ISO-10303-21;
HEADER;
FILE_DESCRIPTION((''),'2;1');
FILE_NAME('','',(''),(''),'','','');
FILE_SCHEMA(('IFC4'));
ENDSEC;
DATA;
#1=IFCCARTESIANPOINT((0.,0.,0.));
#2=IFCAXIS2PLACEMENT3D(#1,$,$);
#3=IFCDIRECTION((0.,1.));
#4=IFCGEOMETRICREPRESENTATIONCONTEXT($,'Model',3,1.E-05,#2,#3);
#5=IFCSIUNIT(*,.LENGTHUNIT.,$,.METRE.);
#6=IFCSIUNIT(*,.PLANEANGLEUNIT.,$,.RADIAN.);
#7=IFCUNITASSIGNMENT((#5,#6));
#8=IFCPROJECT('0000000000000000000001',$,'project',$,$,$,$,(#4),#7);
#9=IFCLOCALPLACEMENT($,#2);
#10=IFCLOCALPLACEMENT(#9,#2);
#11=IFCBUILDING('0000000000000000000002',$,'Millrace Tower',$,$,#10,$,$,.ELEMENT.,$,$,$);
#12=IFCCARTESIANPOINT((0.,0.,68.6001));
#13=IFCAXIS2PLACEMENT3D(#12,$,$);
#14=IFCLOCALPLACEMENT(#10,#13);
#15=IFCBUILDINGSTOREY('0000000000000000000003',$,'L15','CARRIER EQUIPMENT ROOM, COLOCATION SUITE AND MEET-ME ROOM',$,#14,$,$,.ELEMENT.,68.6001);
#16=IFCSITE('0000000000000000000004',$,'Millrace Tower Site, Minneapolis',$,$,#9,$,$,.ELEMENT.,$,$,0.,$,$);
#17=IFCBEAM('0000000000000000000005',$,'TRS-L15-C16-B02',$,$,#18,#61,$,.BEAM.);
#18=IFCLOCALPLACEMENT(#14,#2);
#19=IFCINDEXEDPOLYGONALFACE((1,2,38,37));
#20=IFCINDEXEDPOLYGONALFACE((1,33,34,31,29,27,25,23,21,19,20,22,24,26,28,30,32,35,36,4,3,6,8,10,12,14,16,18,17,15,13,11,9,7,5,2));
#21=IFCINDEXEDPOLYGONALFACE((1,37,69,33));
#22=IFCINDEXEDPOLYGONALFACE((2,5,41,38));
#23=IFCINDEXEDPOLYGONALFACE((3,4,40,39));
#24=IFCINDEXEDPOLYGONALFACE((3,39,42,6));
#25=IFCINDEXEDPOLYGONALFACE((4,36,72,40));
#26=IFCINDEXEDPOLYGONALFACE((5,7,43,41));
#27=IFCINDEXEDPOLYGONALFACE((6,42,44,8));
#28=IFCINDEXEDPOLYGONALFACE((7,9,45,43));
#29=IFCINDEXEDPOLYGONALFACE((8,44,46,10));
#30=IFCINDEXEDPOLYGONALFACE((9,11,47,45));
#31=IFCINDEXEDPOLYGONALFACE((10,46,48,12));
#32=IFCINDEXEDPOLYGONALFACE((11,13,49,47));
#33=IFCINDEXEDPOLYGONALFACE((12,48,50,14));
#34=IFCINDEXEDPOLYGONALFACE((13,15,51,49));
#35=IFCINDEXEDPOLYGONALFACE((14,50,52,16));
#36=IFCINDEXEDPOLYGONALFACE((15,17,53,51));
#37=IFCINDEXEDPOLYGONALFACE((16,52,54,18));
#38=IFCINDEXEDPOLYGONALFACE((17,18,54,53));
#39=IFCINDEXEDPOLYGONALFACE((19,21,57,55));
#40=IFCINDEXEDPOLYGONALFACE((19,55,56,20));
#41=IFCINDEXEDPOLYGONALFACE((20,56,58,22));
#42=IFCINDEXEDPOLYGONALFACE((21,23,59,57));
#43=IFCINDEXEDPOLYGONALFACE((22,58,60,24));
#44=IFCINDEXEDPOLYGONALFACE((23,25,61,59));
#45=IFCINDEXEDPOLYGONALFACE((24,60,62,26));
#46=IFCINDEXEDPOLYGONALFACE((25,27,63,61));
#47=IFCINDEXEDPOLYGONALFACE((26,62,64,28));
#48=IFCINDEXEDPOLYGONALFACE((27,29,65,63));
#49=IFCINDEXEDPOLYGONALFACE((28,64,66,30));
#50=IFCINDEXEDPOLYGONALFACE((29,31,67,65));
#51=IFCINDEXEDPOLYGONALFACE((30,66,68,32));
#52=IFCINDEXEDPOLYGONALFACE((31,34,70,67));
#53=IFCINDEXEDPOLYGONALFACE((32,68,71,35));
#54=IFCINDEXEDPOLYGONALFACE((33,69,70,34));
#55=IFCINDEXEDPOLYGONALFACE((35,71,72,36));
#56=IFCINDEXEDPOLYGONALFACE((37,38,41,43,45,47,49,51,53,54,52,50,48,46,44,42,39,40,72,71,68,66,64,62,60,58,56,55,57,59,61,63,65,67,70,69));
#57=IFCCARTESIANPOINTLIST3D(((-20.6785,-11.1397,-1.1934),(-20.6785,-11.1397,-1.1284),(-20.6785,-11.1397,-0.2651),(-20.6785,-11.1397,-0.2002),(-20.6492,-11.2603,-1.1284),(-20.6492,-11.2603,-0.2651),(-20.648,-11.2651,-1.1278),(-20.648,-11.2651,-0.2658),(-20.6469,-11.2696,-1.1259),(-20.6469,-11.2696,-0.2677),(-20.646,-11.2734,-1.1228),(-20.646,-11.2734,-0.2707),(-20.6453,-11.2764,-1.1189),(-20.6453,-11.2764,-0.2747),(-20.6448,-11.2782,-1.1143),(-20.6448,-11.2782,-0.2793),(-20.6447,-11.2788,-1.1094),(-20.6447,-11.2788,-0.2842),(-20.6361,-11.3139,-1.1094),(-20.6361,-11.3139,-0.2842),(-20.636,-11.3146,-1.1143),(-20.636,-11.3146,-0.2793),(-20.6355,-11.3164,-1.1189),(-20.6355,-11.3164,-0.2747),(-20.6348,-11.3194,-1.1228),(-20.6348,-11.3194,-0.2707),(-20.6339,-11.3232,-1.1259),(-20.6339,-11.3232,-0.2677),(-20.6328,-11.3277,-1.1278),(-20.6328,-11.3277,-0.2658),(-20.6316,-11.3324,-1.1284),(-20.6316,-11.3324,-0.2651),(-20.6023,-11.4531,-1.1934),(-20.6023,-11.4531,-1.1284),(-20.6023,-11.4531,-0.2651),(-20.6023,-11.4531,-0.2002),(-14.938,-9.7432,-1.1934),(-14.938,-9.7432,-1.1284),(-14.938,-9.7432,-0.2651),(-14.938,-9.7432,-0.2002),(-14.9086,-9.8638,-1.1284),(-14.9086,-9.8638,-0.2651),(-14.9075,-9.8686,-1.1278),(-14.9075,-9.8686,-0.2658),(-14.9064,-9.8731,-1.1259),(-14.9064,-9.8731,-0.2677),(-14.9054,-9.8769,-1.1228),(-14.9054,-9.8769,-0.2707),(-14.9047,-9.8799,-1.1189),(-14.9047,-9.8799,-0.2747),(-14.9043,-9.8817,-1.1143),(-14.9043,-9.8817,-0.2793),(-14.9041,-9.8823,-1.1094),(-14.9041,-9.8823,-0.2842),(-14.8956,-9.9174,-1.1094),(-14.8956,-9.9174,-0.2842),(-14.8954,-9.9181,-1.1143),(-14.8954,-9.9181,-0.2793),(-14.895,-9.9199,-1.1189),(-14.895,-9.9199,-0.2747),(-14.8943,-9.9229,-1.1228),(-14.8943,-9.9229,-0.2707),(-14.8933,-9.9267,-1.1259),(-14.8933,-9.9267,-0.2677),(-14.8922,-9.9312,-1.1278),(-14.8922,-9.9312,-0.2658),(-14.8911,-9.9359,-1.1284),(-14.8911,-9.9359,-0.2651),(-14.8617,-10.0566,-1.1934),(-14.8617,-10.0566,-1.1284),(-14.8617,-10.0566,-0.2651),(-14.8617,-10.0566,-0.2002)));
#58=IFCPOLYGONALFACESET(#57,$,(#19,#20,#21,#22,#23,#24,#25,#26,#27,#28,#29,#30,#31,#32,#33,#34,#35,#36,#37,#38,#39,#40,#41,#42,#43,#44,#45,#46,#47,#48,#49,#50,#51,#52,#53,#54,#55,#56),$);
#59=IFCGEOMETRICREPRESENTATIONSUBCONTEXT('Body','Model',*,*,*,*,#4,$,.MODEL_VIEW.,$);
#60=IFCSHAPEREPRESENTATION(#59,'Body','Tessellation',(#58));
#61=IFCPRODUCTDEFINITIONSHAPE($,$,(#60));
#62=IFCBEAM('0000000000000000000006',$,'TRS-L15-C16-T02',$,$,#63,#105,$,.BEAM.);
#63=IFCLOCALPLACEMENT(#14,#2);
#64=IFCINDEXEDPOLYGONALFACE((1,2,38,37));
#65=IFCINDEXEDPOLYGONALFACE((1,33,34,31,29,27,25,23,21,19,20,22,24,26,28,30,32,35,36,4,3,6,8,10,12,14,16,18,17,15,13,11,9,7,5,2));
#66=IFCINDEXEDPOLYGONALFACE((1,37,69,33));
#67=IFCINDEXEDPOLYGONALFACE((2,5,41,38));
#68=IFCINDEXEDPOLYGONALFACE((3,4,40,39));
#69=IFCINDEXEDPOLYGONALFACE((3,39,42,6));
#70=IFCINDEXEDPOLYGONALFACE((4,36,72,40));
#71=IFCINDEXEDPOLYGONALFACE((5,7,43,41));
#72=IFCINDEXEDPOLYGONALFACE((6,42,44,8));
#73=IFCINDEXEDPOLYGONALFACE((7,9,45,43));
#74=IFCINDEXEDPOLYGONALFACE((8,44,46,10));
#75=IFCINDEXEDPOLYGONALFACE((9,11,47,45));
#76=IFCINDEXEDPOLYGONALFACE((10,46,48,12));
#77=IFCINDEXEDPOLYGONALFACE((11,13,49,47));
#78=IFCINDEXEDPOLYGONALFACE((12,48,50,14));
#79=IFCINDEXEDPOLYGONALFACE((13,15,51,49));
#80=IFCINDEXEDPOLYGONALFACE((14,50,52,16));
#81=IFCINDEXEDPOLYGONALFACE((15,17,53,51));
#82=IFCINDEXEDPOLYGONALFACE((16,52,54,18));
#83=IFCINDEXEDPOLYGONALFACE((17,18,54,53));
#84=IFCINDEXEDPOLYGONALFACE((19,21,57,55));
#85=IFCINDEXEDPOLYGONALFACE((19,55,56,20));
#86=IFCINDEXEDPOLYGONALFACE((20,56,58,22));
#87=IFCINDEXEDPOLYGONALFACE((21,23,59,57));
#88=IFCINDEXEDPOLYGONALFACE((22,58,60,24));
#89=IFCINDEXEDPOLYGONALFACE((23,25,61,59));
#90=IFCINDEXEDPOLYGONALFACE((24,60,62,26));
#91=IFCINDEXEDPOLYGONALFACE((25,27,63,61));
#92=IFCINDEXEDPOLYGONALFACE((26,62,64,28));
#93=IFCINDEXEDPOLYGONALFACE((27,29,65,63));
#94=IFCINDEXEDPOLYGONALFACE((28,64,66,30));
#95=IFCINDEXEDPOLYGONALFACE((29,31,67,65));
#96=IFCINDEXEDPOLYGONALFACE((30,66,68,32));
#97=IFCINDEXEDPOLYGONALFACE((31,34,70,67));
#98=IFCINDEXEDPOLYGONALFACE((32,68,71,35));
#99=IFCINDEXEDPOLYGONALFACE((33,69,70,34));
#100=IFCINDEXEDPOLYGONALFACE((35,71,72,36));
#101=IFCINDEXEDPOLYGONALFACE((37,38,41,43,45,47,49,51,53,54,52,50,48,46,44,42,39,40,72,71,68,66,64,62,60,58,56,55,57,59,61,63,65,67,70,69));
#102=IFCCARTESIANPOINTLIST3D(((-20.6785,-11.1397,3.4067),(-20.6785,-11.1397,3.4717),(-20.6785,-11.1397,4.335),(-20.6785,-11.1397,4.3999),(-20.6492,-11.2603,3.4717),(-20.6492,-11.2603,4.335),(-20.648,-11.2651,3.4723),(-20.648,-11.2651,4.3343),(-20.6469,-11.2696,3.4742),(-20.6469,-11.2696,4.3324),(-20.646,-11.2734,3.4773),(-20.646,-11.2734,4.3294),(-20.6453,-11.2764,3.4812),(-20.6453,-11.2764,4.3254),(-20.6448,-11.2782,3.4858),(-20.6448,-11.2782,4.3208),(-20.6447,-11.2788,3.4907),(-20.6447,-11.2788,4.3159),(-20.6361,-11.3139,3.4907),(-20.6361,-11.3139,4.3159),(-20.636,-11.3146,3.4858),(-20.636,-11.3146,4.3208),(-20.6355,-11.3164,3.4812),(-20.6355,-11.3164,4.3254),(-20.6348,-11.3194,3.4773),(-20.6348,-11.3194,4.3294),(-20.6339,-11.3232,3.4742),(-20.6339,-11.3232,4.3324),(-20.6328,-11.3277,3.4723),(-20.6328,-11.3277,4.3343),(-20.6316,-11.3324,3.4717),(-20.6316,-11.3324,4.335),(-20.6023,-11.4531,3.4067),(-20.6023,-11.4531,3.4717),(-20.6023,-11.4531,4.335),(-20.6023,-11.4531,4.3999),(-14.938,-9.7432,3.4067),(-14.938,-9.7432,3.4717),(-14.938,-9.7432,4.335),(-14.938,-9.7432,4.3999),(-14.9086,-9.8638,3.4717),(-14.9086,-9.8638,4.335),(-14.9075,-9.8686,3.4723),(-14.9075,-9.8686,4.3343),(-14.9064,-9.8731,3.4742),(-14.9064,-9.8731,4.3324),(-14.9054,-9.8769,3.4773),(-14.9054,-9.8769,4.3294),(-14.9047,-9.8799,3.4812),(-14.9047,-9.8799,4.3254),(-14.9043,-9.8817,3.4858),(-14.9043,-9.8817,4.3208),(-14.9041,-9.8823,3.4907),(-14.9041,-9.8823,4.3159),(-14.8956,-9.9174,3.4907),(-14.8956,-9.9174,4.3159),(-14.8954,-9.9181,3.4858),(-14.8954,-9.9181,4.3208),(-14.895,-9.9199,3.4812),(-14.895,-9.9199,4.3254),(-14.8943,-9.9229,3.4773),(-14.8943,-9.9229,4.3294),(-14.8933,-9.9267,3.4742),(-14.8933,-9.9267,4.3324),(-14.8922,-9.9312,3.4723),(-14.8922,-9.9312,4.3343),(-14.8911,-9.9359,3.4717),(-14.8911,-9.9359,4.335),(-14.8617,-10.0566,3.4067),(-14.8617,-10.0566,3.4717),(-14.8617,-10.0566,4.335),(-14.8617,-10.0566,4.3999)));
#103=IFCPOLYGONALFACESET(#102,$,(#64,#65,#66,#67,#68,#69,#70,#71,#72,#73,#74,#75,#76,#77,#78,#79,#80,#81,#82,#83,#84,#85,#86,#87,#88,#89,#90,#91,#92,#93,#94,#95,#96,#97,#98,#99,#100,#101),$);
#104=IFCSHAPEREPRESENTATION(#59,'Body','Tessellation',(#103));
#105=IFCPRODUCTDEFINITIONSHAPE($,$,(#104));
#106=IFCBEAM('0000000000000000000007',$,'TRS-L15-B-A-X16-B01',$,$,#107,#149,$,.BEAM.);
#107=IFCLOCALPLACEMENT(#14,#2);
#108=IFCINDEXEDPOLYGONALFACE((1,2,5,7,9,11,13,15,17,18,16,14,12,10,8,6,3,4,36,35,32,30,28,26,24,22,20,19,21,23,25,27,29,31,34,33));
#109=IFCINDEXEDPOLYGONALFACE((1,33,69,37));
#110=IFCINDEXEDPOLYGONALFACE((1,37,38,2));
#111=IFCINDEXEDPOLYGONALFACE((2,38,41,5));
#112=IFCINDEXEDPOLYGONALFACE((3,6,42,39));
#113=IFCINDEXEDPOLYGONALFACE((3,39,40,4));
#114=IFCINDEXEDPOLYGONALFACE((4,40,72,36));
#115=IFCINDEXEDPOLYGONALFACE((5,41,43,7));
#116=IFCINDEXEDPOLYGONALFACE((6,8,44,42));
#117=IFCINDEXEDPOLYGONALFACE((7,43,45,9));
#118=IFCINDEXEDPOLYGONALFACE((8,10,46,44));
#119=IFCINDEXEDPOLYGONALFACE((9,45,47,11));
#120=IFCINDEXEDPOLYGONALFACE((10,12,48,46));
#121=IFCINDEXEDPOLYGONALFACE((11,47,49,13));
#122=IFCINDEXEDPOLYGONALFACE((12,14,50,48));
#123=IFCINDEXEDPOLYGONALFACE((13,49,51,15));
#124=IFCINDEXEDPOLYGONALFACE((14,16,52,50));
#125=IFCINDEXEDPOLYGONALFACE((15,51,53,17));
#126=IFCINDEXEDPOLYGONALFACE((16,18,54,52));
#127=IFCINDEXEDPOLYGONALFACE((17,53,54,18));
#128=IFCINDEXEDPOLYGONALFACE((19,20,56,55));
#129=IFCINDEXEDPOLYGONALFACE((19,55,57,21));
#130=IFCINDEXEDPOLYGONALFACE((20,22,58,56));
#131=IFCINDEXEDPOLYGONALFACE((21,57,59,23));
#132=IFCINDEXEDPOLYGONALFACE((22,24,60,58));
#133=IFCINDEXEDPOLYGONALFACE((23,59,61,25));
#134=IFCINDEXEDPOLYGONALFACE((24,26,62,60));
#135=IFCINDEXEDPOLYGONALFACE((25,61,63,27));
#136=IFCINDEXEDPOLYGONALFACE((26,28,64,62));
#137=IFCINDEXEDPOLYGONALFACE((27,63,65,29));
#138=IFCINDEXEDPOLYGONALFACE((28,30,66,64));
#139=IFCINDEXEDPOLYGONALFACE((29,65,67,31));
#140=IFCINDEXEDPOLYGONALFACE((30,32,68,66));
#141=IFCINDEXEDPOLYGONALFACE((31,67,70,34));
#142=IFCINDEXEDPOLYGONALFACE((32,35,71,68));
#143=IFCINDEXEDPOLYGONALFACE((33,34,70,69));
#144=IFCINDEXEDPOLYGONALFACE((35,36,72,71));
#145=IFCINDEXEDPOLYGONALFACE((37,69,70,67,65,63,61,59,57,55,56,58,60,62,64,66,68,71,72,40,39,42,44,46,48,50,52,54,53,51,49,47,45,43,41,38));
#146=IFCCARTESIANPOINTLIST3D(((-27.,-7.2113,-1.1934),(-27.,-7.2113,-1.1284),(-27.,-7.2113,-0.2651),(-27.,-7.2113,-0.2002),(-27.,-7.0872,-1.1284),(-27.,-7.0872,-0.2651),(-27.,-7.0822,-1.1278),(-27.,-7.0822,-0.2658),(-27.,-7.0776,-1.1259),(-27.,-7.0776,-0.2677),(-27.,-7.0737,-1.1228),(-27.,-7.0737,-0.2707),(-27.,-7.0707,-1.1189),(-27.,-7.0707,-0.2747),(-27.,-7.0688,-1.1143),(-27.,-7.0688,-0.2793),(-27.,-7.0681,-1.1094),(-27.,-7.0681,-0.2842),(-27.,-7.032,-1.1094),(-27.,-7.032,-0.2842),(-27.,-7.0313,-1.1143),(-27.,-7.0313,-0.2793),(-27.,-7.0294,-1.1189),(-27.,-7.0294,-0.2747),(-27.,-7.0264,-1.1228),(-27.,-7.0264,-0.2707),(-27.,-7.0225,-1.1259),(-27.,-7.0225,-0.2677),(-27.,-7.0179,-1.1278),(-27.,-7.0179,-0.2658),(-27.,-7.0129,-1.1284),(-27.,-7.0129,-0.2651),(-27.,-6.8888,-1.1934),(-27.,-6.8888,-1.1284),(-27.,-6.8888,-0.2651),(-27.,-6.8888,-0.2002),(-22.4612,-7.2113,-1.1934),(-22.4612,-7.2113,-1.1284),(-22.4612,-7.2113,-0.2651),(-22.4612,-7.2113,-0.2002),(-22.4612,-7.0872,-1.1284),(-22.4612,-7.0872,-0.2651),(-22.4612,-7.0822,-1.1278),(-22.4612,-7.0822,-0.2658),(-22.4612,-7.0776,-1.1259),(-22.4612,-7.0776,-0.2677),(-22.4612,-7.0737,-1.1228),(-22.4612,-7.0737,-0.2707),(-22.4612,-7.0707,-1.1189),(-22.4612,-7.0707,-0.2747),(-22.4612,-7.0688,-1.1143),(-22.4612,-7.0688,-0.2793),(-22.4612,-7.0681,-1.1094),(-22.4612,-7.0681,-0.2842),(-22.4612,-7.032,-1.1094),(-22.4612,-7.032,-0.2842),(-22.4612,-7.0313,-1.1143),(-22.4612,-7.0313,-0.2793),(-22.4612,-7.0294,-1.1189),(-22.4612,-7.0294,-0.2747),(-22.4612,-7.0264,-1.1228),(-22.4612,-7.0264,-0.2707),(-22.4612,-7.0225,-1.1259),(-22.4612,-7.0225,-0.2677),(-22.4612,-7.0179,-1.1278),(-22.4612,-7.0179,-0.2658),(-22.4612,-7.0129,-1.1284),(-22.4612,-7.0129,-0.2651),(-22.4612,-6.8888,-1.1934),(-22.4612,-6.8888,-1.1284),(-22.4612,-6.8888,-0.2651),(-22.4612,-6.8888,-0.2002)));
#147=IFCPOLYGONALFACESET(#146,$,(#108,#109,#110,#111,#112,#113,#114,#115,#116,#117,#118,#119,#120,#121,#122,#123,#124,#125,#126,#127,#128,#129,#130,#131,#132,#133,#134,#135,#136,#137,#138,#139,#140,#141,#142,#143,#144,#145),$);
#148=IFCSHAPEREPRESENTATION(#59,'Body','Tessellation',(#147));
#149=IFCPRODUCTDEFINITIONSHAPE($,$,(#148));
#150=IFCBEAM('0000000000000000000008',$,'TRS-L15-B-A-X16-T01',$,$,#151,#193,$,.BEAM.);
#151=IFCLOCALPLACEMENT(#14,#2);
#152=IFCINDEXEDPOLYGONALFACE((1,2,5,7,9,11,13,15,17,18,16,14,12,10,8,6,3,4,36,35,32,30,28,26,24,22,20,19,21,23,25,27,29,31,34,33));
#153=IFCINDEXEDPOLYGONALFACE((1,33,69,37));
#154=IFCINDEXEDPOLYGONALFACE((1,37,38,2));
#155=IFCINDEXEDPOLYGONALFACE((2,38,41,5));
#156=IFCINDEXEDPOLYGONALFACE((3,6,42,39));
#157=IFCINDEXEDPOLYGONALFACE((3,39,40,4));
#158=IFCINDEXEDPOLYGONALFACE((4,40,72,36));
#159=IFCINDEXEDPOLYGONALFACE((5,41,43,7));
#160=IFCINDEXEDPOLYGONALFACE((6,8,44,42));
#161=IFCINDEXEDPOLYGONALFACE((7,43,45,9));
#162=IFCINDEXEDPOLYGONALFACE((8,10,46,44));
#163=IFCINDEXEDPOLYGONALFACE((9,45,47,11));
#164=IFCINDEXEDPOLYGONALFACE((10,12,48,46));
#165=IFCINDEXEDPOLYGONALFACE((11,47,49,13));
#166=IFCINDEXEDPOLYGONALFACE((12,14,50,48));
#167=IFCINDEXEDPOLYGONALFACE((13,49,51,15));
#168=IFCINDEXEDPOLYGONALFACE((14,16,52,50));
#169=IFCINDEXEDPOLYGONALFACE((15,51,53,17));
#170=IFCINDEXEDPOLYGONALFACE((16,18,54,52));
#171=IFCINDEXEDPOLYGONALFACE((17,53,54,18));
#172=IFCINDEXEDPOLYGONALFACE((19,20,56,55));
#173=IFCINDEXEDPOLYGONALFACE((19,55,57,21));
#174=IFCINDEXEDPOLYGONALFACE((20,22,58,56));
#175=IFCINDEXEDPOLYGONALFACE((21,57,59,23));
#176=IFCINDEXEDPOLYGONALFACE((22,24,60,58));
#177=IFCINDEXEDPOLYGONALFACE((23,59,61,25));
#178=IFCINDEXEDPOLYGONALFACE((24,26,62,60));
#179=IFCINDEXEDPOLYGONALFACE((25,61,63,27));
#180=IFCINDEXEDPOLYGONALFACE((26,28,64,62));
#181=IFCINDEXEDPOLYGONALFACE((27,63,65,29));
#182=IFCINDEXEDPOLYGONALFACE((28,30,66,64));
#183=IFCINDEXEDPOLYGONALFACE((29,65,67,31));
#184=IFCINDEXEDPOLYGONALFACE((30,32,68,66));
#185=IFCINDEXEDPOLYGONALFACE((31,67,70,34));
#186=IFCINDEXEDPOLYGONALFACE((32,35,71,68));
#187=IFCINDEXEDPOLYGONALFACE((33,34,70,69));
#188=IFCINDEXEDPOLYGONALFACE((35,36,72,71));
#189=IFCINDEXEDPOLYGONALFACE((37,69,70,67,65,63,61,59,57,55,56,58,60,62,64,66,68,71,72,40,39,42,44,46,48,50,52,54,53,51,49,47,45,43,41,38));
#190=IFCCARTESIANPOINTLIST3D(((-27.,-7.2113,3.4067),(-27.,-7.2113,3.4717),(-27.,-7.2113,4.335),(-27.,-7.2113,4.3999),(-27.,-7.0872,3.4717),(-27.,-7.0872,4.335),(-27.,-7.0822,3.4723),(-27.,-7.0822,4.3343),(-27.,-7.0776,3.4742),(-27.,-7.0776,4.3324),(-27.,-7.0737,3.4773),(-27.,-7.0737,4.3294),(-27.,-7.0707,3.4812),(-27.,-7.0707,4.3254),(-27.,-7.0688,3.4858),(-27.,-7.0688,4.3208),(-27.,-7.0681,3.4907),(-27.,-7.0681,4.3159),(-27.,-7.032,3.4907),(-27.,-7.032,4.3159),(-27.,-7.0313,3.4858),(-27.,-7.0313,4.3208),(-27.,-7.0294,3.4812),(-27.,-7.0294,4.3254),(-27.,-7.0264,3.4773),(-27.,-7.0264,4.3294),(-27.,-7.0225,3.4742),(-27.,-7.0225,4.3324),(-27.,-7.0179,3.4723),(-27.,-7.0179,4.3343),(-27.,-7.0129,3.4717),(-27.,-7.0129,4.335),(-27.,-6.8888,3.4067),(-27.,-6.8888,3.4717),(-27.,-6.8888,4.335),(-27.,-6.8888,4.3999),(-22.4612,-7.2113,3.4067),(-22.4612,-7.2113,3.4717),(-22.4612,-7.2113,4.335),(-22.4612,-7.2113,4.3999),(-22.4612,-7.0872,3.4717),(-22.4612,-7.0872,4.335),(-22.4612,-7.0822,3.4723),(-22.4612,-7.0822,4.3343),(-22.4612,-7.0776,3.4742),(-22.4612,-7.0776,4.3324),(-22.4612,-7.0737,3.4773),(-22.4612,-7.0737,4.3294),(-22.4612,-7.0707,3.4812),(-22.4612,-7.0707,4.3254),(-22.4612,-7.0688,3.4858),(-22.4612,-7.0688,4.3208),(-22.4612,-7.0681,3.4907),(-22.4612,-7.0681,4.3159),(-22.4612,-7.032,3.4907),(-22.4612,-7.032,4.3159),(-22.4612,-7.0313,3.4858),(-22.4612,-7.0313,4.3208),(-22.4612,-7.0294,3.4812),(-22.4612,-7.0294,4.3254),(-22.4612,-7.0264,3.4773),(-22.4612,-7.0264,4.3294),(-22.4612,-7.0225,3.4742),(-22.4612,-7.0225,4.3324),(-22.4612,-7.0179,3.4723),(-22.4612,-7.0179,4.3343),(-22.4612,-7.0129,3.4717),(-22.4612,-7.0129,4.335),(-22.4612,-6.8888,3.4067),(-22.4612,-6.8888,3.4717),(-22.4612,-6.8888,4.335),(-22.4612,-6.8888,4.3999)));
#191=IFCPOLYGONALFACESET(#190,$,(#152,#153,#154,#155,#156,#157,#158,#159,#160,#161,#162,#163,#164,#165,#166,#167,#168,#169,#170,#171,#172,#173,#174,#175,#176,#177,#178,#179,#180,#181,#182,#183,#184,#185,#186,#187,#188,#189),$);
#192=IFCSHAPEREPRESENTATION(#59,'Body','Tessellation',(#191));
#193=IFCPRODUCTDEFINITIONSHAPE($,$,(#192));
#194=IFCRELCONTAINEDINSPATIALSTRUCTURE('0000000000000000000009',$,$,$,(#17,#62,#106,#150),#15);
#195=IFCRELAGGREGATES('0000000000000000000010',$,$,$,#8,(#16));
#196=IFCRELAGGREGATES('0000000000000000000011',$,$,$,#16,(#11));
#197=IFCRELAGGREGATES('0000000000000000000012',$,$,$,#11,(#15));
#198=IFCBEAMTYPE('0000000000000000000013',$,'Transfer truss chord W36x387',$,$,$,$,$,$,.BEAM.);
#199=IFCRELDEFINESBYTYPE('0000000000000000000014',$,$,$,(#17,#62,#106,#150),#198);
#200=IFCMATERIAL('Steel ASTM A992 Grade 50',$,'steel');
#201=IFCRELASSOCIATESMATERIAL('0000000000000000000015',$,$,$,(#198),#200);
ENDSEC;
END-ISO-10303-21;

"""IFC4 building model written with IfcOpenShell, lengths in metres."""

from ifc_helpers import new_model, si_unit, direction, frame, origin, origin_2d, place, context, subcontext, project, spatial, i_section, extrude, material, material_profile, profile_set, type_object, element, save


model = new_model("IFC4")

# Units and contexts
model_context = context("Model", 3, precision=1e-05, world=origin(), true_north=direction((0.0, 1.0)))
body_context = subcontext(model_context, "Body", "Model", "MODEL_VIEW")
ifc_project = project(units=[si_unit("LENGTHUNIT", "METRE"), si_unit("PLANEANGLEUNIT", "RADIAN")], contexts=[model_context])

# Site, building, storey
site_placement = place(None, origin())
site = spatial("IfcSite", under=ifc_project, at=site_placement, Name="Millrace Tower Site, Minneapolis", CompositionType="ELEMENT", RefElevation=0.0)
building_placement = place(site_placement, origin())
building = spatial("IfcBuilding", under=site, at=building_placement, Name="Millrace Tower", CompositionType="ELEMENT")
storey_placement = place(building_placement, frame((0.0, 0.0, 68.6001)))
storey = spatial("IfcBuildingStorey", under=building, at=storey_placement, Name="L15", Description="CARRIER EQUIPMENT ROOM, COLOCATION SUITE AND MEET-ME ROOM", CompositionType="ELEMENT", Elevation=68.6001)

# Beams
ifc_material_1 = material(Name="Steel ASTM A992 Grade 50", Category="steel")
ifc_material_profile_1 = material_profile(ifc_material_1, i_section(OverallWidth=0.3225, OverallDepth=0.9932, WebThickness=0.0361, FlangeThickness=0.0649, FilletRadius=0.019, at=origin_2d()))
ifc_profile_set_1 = profile_set([ifc_material_profile_1], Name="Steel ASTM A992 Grade 50")
beam_type_1 = type_object("IfcBeamType", Name="Transfer truss chord W36x387", PredefinedType="BEAM", material=ifc_profile_set_1)
for number, where, z_axis, x_axis, name in (
    (1, (-20.6404, -11.2964, -0.6968), (0.971662, 0.236376, 0.0), (-0.236376, 0.971662, 0.0), "TRS-L15-C16-B02"),
    (2, (-20.6404, -11.2964, 3.9033), (0.971662, 0.236376, 0.0), (-0.236376, 0.971662, 0.0), "TRS-L15-C16-T02"),
):
    element("IfcBeam", number, at=place(storey_placement, frame(where, z_axis=z_axis, x_axis=x_axis)), inside=storey, type_object=beam_type_1, Name=name, PredefinedType="BEAM", context=body_context, shape_type="SweptSolid", body=[
        extrude(i_section(OverallWidth=0.3225, OverallDepth=0.9932, WebThickness=0.0361, FlangeThickness=0.0649, FilletRadius=0.019, at=origin_2d()), origin(), (0.0, 0.0, 1.0), 5.908),
    ])
for number, where, z_axis, x_axis, name in (
    (3, (-27.0, -7.05, -0.6968), (1.0, 0.0, 0.0), (0.0, 1.0, 0.0), "TRS-L15-B-A-X16-B01"),
    (4, (-27.0, -7.05, 3.9033), (1.0, 0.0, 0.0), (0.0, 1.0, 0.0), "TRS-L15-B-A-X16-T01"),
):
    element("IfcBeam", number, at=place(storey_placement, frame(where, z_axis=z_axis, x_axis=x_axis)), inside=storey, type_object=beam_type_1, Name=name, PredefinedType="BEAM", context=body_context, shape_type="SweptSolid", body=[
        extrude(i_section(OverallWidth=0.3225, OverallDepth=0.9932, WebThickness=0.0361, FlangeThickness=0.0649, FilletRadius=0.019, at=origin_2d()), origin(), (0.0, 0.0, 1.0), 4.5388),
    ])

save(model, "model.ifc")
